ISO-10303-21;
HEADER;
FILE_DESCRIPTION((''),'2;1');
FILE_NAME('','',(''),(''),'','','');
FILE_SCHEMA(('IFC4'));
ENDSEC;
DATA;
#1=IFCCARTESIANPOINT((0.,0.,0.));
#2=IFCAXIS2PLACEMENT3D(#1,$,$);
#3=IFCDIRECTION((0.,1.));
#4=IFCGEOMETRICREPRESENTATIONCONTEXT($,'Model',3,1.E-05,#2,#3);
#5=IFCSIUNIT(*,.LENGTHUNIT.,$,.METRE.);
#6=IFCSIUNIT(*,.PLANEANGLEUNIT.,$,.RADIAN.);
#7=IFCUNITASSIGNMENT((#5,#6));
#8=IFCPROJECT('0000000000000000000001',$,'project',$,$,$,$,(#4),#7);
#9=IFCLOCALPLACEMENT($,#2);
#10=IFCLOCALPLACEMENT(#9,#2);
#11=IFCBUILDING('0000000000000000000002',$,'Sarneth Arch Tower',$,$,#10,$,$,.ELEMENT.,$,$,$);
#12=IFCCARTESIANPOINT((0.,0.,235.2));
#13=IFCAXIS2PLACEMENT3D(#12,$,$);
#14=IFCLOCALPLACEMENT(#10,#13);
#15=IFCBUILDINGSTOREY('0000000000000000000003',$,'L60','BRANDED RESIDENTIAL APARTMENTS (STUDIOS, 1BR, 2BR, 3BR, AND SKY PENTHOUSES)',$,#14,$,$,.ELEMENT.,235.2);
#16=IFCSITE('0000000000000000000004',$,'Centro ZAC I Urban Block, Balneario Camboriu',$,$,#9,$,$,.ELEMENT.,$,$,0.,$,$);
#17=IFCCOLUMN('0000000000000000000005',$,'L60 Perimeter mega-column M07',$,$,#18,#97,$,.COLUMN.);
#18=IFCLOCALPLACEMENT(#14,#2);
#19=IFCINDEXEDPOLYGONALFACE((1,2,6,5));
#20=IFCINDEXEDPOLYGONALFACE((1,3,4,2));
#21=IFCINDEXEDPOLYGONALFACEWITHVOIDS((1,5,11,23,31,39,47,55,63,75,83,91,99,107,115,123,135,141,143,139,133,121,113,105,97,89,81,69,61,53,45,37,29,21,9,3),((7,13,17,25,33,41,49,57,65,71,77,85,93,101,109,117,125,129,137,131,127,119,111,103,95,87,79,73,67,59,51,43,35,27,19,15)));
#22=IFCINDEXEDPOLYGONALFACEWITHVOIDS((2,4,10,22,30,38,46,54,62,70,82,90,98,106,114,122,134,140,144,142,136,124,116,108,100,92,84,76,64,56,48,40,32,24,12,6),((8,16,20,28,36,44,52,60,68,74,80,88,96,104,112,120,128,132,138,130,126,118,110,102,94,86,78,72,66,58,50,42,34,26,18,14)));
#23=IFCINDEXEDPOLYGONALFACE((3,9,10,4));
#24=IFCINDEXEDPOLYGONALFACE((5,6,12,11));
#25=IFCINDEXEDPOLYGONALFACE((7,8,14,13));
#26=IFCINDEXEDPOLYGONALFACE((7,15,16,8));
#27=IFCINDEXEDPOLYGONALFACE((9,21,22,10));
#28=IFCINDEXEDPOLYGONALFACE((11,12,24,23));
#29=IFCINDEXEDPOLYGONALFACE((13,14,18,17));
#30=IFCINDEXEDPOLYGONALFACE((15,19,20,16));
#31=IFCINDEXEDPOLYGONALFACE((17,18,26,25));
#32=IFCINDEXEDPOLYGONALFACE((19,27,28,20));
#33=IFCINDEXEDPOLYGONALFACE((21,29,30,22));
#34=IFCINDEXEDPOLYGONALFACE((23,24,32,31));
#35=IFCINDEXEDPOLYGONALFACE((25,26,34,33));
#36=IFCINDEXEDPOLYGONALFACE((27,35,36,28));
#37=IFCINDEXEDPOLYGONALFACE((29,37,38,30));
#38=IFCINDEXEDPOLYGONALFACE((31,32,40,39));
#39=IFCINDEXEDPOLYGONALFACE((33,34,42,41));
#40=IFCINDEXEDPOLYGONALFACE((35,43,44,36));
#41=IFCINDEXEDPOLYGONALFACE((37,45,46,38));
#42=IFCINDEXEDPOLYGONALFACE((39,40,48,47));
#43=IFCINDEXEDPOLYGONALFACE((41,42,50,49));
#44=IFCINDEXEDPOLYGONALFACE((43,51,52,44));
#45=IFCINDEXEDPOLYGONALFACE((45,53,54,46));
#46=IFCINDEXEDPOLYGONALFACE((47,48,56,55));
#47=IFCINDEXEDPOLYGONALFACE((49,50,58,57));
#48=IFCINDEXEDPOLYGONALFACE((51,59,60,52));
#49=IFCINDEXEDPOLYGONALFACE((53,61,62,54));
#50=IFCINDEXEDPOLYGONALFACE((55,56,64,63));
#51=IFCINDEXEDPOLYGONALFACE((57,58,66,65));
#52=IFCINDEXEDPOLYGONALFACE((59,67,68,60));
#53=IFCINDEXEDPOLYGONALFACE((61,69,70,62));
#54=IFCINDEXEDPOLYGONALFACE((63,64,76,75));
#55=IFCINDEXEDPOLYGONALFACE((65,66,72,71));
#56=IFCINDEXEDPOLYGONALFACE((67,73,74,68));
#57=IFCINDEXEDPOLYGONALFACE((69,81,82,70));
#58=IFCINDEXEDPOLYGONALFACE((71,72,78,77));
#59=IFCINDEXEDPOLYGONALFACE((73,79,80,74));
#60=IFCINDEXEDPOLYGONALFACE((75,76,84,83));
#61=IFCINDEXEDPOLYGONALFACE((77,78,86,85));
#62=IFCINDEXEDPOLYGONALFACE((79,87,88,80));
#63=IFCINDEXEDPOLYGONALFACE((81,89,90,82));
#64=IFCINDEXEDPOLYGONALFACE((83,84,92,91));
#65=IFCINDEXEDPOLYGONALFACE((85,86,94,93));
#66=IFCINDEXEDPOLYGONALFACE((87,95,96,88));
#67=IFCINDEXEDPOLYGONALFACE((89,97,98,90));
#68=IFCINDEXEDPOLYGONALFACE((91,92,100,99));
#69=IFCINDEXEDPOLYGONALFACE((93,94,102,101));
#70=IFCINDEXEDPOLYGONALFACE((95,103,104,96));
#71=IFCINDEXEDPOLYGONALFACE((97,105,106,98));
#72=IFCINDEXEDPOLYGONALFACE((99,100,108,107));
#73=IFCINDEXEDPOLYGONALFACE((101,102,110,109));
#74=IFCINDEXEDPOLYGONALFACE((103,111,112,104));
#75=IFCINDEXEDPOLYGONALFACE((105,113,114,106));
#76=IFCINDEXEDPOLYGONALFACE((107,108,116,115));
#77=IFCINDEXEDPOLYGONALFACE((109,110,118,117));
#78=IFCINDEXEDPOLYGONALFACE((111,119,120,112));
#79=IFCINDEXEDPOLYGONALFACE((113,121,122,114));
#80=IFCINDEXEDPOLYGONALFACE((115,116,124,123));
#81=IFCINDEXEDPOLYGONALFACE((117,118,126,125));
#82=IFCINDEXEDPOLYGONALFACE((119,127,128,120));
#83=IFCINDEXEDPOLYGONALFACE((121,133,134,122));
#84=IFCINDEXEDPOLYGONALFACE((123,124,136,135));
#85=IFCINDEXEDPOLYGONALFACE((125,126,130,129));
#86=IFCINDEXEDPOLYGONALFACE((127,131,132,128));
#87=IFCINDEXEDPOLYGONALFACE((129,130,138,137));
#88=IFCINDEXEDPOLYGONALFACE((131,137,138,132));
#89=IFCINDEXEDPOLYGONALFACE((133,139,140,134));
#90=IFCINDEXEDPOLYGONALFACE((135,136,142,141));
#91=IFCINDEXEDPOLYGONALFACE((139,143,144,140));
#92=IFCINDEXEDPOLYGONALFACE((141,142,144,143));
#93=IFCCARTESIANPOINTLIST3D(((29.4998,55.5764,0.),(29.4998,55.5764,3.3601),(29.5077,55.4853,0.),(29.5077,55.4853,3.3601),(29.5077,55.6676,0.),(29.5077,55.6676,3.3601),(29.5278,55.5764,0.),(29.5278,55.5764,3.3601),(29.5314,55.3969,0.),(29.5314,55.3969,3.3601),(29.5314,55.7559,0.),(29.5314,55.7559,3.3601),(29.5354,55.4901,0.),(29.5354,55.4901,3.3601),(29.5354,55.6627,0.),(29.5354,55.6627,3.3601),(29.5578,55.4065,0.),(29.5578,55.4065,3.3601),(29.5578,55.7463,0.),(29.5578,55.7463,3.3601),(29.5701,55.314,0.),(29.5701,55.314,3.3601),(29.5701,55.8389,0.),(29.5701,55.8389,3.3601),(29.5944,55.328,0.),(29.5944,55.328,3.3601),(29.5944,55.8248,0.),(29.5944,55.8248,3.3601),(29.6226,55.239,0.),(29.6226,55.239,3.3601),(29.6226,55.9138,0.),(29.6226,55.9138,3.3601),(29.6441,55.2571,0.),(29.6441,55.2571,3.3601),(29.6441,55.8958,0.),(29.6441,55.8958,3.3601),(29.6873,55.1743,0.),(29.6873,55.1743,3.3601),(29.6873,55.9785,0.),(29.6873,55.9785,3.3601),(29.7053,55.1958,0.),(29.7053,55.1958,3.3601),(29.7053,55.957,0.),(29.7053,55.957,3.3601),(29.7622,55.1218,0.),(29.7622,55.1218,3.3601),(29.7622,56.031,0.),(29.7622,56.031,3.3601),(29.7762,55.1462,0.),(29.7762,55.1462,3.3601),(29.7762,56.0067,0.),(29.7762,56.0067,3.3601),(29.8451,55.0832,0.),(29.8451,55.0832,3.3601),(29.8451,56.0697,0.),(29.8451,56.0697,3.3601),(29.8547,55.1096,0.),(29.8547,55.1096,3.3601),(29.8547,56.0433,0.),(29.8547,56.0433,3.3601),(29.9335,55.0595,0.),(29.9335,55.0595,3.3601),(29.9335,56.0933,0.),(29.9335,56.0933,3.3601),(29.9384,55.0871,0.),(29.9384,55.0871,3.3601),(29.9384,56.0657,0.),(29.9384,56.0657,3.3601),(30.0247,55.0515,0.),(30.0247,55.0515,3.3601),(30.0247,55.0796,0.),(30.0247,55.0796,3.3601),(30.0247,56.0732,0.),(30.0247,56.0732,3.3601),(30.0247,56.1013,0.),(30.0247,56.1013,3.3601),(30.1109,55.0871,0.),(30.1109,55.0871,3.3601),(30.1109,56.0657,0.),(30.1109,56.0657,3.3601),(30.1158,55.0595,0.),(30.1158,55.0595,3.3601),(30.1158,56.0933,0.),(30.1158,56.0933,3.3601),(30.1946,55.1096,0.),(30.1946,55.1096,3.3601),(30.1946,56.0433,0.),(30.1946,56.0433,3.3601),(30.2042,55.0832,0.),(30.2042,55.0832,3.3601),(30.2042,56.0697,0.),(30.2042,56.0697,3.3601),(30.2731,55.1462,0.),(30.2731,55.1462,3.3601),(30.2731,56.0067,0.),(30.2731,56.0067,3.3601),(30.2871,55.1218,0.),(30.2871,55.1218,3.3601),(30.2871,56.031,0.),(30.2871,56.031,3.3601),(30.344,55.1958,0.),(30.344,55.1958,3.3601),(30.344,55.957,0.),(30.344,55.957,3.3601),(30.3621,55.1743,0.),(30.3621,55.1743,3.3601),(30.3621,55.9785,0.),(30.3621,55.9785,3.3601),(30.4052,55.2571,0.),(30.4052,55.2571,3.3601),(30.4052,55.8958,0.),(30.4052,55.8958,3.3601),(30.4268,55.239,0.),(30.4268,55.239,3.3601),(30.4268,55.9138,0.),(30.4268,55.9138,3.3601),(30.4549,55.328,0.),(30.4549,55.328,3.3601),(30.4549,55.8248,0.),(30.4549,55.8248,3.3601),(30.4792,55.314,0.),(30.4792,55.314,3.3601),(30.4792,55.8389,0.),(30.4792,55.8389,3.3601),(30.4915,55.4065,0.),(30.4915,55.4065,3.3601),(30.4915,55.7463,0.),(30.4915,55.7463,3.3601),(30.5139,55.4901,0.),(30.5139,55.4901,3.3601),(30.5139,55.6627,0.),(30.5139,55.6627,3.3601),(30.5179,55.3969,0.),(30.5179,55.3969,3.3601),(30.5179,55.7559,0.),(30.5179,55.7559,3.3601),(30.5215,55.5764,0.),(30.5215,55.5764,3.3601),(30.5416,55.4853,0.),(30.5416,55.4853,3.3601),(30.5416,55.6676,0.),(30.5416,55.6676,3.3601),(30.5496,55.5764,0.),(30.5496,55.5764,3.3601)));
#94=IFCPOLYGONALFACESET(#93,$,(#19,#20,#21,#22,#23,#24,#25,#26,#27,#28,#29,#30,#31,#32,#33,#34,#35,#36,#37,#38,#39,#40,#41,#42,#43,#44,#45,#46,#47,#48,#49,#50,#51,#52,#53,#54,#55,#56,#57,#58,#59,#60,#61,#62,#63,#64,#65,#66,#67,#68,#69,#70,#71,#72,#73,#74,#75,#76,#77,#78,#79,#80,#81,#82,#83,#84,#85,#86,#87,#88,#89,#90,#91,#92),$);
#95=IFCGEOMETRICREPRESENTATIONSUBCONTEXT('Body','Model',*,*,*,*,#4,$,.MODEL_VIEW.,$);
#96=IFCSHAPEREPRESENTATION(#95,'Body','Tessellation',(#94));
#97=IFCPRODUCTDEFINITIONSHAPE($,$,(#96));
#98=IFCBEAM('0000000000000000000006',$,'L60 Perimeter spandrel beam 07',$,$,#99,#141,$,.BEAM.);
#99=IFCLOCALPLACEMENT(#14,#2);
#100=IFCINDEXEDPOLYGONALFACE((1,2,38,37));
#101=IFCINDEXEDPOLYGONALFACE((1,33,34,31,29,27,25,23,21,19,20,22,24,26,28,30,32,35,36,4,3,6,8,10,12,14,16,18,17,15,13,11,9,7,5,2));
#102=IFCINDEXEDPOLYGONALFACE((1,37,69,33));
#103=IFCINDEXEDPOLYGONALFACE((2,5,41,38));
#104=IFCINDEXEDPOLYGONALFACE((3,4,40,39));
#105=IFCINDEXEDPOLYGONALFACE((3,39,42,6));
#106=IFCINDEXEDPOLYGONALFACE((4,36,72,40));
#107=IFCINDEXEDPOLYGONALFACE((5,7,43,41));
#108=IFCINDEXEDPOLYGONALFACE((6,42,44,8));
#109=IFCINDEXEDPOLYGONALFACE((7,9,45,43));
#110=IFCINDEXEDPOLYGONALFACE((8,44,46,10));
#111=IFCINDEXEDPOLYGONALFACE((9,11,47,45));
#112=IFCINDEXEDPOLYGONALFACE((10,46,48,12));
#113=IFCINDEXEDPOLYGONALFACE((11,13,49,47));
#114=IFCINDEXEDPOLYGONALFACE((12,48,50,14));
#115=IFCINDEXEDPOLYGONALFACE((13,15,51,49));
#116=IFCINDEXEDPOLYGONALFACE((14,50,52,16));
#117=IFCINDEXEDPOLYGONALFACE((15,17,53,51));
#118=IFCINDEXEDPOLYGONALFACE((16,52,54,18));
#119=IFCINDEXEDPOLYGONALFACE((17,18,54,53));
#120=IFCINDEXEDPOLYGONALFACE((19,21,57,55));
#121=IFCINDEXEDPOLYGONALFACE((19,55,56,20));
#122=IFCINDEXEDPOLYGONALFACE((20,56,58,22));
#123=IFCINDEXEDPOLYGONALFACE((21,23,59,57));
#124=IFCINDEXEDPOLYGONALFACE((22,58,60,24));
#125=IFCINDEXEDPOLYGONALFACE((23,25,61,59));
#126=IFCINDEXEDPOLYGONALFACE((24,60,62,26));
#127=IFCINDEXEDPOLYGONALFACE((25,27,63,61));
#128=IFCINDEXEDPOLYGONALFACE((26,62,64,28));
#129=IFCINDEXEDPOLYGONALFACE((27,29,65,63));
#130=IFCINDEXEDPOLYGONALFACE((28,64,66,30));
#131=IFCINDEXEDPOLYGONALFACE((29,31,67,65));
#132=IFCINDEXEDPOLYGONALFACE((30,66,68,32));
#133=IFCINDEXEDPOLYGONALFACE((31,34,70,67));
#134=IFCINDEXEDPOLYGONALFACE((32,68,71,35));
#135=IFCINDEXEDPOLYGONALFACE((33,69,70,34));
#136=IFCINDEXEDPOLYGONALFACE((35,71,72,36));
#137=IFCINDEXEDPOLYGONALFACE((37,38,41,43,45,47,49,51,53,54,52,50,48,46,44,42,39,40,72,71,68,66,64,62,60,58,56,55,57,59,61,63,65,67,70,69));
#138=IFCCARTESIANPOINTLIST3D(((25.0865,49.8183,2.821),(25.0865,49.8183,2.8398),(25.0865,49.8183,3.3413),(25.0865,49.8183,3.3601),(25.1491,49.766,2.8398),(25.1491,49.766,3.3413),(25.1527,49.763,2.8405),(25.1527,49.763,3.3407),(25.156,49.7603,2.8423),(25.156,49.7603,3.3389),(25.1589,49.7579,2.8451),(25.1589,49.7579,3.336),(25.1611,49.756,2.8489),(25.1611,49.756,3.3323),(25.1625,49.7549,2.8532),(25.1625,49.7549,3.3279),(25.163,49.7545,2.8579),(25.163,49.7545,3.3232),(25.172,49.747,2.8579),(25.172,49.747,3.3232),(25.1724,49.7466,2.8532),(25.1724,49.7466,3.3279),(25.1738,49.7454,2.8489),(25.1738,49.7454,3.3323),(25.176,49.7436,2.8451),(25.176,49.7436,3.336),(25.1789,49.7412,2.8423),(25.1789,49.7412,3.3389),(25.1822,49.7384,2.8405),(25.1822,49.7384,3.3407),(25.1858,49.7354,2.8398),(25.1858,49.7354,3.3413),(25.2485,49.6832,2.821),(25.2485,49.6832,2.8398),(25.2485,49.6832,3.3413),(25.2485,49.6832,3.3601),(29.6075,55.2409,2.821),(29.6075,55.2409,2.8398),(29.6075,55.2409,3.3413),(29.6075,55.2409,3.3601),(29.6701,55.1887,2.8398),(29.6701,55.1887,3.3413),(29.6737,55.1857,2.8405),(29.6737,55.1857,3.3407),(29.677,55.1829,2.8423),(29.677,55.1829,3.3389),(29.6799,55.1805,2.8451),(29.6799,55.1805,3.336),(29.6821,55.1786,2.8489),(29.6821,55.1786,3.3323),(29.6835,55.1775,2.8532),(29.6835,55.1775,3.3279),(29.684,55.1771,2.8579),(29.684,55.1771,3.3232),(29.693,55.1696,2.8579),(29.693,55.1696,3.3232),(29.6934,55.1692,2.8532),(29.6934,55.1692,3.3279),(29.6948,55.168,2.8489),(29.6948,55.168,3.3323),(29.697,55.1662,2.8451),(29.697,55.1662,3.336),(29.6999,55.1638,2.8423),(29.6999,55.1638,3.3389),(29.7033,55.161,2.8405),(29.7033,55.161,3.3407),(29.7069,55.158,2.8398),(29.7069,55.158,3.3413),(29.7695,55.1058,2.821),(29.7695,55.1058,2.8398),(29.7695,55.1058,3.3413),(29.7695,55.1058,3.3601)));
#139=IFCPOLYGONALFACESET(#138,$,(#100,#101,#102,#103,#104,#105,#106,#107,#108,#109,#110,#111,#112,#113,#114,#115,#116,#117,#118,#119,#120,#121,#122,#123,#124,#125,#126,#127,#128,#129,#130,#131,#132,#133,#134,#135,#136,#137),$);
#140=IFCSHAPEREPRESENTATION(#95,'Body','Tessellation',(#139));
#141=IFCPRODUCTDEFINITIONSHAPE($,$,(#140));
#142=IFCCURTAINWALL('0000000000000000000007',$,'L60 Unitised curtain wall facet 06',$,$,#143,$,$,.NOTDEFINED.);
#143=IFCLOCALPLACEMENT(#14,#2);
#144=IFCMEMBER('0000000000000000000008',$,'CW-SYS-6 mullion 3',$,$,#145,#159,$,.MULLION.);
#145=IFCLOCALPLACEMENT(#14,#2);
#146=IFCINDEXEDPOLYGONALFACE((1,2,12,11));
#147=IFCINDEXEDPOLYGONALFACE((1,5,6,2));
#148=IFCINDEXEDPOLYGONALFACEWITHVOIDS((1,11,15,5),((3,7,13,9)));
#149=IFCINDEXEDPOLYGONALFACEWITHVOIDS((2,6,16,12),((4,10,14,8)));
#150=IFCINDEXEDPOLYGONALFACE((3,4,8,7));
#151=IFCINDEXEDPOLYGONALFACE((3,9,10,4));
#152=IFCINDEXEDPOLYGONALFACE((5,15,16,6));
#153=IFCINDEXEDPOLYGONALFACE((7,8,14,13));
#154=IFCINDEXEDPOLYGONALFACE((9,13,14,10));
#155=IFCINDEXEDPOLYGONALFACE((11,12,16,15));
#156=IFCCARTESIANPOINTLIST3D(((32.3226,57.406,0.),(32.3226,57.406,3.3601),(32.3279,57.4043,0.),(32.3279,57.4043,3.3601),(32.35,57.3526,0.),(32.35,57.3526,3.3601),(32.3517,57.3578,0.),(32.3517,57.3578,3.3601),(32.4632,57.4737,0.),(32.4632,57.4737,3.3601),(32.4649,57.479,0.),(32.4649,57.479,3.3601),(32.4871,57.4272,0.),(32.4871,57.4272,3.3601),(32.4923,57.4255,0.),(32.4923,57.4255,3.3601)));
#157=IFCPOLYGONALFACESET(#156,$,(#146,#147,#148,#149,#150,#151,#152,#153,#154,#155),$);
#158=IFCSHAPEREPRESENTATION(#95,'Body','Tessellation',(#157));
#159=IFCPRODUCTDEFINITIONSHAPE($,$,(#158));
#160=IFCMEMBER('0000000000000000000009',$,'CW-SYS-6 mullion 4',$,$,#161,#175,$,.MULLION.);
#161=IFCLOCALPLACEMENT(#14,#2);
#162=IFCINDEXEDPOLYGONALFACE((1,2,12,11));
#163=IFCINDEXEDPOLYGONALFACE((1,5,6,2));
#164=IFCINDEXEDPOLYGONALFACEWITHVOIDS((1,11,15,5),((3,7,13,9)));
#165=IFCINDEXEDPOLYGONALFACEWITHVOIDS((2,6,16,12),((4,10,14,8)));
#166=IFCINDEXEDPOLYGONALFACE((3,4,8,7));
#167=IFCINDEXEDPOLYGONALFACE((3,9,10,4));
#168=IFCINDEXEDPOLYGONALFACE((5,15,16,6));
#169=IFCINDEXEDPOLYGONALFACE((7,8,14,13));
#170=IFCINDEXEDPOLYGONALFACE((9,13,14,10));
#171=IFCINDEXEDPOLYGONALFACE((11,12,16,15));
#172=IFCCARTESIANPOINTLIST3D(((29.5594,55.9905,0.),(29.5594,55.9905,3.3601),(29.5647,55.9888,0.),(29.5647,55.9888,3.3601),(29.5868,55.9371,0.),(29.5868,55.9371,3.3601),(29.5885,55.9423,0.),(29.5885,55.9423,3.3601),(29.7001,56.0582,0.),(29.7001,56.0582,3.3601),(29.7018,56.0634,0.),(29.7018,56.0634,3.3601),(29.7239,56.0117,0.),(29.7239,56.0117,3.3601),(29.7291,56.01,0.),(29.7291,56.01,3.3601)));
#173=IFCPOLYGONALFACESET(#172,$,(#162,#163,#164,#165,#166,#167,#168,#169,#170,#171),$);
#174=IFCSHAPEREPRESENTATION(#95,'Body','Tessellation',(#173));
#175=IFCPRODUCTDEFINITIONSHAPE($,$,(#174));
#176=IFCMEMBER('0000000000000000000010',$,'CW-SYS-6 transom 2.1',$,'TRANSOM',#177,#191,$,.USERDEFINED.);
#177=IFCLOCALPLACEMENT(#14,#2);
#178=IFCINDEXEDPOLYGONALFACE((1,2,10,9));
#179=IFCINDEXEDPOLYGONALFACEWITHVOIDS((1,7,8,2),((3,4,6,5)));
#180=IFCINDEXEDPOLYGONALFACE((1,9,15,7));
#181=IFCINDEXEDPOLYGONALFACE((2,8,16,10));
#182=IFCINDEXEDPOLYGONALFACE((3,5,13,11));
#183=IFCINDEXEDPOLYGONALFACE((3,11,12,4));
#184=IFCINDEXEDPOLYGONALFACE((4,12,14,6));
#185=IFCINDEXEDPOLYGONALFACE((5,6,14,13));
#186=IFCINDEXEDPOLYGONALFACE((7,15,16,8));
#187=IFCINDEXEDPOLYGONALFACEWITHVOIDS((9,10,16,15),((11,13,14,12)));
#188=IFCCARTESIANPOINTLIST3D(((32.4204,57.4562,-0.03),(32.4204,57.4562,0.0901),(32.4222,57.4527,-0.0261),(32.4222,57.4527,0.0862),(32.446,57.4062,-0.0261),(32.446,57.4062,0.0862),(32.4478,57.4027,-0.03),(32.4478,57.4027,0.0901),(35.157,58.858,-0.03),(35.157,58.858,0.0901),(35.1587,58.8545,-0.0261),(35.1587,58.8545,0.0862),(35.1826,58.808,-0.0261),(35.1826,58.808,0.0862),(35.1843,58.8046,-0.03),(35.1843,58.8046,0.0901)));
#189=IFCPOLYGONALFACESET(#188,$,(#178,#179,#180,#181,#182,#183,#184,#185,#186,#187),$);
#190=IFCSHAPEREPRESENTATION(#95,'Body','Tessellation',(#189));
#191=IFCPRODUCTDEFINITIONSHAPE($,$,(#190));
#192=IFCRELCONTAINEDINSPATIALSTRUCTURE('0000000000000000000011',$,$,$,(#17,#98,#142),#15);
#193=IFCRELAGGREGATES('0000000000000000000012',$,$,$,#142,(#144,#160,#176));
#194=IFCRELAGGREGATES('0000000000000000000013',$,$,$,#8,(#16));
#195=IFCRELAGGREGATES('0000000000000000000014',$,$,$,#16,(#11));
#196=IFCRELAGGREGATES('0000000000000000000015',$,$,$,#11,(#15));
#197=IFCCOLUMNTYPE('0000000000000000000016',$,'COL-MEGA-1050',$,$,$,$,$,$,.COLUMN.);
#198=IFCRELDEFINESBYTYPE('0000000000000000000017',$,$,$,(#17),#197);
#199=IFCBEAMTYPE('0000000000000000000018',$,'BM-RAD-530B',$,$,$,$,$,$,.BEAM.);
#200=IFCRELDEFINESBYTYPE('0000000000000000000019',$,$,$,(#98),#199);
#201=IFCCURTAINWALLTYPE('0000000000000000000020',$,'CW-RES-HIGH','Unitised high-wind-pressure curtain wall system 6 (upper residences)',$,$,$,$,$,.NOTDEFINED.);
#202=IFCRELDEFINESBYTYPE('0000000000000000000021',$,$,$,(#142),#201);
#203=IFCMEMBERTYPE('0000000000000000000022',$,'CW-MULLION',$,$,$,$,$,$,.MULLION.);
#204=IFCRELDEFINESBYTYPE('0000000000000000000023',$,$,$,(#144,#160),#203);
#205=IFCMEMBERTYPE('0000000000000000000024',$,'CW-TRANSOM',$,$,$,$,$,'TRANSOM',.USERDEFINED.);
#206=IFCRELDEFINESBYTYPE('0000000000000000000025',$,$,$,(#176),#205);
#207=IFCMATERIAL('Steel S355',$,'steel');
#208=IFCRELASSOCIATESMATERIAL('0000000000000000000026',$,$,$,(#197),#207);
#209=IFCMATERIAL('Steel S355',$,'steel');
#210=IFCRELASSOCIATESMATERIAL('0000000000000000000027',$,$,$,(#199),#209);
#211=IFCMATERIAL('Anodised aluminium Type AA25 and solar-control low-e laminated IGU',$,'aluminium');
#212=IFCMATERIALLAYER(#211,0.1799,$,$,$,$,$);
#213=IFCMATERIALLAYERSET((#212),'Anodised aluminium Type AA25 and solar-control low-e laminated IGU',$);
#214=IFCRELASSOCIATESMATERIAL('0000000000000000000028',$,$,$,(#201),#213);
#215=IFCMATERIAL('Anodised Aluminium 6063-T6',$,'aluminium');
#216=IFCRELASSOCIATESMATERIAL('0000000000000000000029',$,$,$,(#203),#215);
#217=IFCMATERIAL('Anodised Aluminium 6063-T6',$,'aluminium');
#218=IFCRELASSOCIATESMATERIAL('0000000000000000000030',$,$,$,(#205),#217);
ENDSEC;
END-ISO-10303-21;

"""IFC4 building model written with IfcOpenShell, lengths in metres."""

from ifc_helpers import new_model, si_unit, direction, frame, origin, origin_2d, place, context, subcontext, project, spatial, hollow_rectangle, hollow_circle, i_section, extrude, material, layer, layer_set, material_profile, profile_set, type_object, element, aggregate, save


model = new_model("IFC4")

# Units and contexts
model_context = context("Model", 3, precision=1e-05, world=origin(), true_north=direction((0.0, 1.0)))
body_context = subcontext(model_context, "Body", "Model", "MODEL_VIEW")
ifc_project = project(units=[si_unit("LENGTHUNIT", "METRE"), si_unit("PLANEANGLEUNIT", "RADIAN")], contexts=[model_context])

# Site, building, storey
site_placement = place(None, origin())
site = spatial("IfcSite", under=ifc_project, at=site_placement, Name="Centro ZAC I Urban Block, Balneario Camboriu", CompositionType="ELEMENT", RefElevation=0.0)
building_placement = place(site_placement, origin())
building = spatial("IfcBuilding", under=site, at=building_placement, Name="Sarneth Arch Tower", CompositionType="ELEMENT")
storey_placement = place(building_placement, frame((0.0, 0.0, 235.2)))
storey = spatial("IfcBuildingStorey", under=building, at=storey_placement, Name="L60", Description="BRANDED RESIDENTIAL APARTMENTS (STUDIOS, 1BR, 2BR, 3BR, AND SKY PENTHOUSES)", CompositionType="ELEMENT", Elevation=235.2)

# Column
ifc_material_1 = material(Name="Steel S355", Category="steel")
ifc_material_profile_1 = material_profile(ifc_material_1, hollow_circle(Radius=0.5249, WallThickness=0.0281, at=origin_2d()), Name="CHS1050x28")
ifc_profile_set_1 = profile_set([ifc_material_profile_1], Name="Steel S355")
column_type = type_object("IfcColumnType", Name="COL-MEGA-1050", PredefinedType="COLUMN", material=ifc_profile_set_1)
column_placement = place(storey_placement, frame((30.0247, 55.5764, 0.0), z_axis=(0.0, 0.0, 1.0), x_axis=(1.0, 0.0, 0.0)))
element("IfcColumn", 1, at=column_placement, inside=storey, type_object=column_type, Name="L60 Perimeter mega-column M07", PredefinedType="COLUMN", context=body_context, shape_type="SweptSolid", body=[
    extrude(hollow_circle(Radius=0.5249, WallThickness=0.0281, at=origin_2d()), origin(), (0.0, 0.0, 1.0), 3.3601),
])

# Beam
ifc_material_2 = material(Name="Steel S355", Category="steel")
ifc_material_profile_2 = material_profile(ifc_material_2, i_section(OverallWidth=0.2109, OverallDepth=0.5391, WebThickness=0.0117, FlangeThickness=0.0188, FilletRadius=0.0181, at=origin_2d()), Name="W530x109")
ifc_profile_set_2 = profile_set([ifc_material_profile_2], Name="Steel S355")
beam_type = type_object("IfcBeamType", Name="BM-RAD-530B", PredefinedType="BEAM", material=ifc_profile_set_2)
beam_placement = place(storey_placement, frame((29.6885, 55.1733, 3.0906), z_axis=(-0.640365, -0.768071, 0.0), x_axis=(0.768071, -0.640365, 0.0)))
element("IfcBeam", 2, at=beam_placement, inside=storey, type_object=beam_type, Name="L60 Perimeter spandrel beam 07", PredefinedType="BEAM", context=body_context, shape_type="SweptSolid", body=[
    extrude(i_section(OverallWidth=0.2109, OverallDepth=0.5391, WebThickness=0.0117, FlangeThickness=0.0188, FilletRadius=0.0181, at=origin_2d()), origin(), (0.0, 0.0, 1.0), 7.0601),
])

# Curtain wall, members
ifc_material_3 = material(Name="Anodised aluminium Type AA25 and solar-control low-e laminated IGU", Category="aluminium")
ifc_layer_1 = layer(ifc_material_3, 0.1799)
ifc_layer_set_1 = layer_set([ifc_layer_1], Name="Anodised aluminium Type AA25 and solar-control low-e laminated IGU")
curtain_wall_type = type_object("IfcCurtainWallType", Name="CW-RES-HIGH", Description="Unitised high-wind-pressure curtain wall system 6 (upper residences)", PredefinedType="NOTDEFINED", material=ifc_layer_set_1)
curtain_wall_placement = place(storey_placement, origin())
curtain_wall = element("IfcCurtainWall", 3, at=curtain_wall_placement, inside=storey, type_object=curtain_wall_type, Name="L60 Unitised curtain wall facet 06", PredefinedType="NOTDEFINED")
ifc_material_4 = material(Name="Anodised Aluminium 6063-T6", Category="aluminium")
ifc_material_profile_3 = material_profile(ifc_material_4, hollow_rectangle(XDim=0.0601, YDim=0.1599, WallThickness=0.0039, at=origin_2d()), Name="AL-MULL-160x60x4")
ifc_profile_set_3 = profile_set([ifc_material_profile_3], Name="Anodised Aluminium 6063-T6")
member_type_1 = type_object("IfcMemberType", Name="CW-MULLION", PredefinedType="MULLION", material=ifc_profile_set_3)
member_1_placement = place(storey_placement, frame((32.4075, 57.4158, 0.0), z_axis=(0.0, 0.0, 1.0), x_axis=(0.455942, -0.89001, 0.0)))
member_1 = element("IfcMember", 4, at=member_1_placement, type_object=member_type_1, Name="CW-SYS-6 mullion 3", PredefinedType="MULLION", context=body_context, shape_type="SweptSolid", body=[
    extrude(hollow_rectangle(XDim=0.0601, YDim=0.1599, WallThickness=0.0039, at=origin_2d()), origin(), (0.0, 0.0, 1.0), 3.3601),
])
member_2_placement = place(storey_placement, frame((29.6443, 56.0002, 0.0), z_axis=(0.0, 0.0, 1.0), x_axis=(0.455942, -0.89001, 0.0)))
member_2 = element("IfcMember", 5, at=member_2_placement, type_object=member_type_1, Name="CW-SYS-6 mullion 4", PredefinedType="MULLION", context=body_context, shape_type="SweptSolid", body=[
    extrude(hollow_rectangle(XDim=0.0601, YDim=0.1599, WallThickness=0.0039, at=origin_2d()), origin(), (0.0, 0.0, 1.0), 3.3601),
])
ifc_material_5 = material(Name="Anodised Aluminium 6063-T6", Category="aluminium")
ifc_material_profile_4 = material_profile(ifc_material_5, hollow_rectangle(XDim=0.0601, YDim=0.1201, WallThickness=0.0039, at=origin_2d()), Name="AL-TRAN-120x60x4")
ifc_profile_set_4 = profile_set([ifc_material_profile_4], Name="Anodised Aluminium 6063-T6")
member_type_2 = type_object("IfcMemberType", Name="CW-TRANSOM", ElementType="TRANSOM", PredefinedType="USERDEFINED", material=ifc_profile_set_4)
member_3_placement = place(storey_placement, frame((35.1707, 58.8313, 0.03), z_axis=(-0.890017, -0.455926, 0.0), x_axis=(0.455926, -0.890017, 0.0)))
member_3 = element("IfcMember", 6, at=member_3_placement, type_object=member_type_2, Name="CW-SYS-6 transom 2.1", ObjectType="TRANSOM", PredefinedType="USERDEFINED", context=body_context, shape_type="SweptSolid", body=[
    extrude(hollow_rectangle(XDim=0.0601, YDim=0.1201, WallThickness=0.0039, at=origin_2d()), origin(), (0.0, 0.0, 1.0), 3.0747),
])

aggregate(curtain_wall, [member_1, member_2, member_3])

save(model, "model.ifc")
